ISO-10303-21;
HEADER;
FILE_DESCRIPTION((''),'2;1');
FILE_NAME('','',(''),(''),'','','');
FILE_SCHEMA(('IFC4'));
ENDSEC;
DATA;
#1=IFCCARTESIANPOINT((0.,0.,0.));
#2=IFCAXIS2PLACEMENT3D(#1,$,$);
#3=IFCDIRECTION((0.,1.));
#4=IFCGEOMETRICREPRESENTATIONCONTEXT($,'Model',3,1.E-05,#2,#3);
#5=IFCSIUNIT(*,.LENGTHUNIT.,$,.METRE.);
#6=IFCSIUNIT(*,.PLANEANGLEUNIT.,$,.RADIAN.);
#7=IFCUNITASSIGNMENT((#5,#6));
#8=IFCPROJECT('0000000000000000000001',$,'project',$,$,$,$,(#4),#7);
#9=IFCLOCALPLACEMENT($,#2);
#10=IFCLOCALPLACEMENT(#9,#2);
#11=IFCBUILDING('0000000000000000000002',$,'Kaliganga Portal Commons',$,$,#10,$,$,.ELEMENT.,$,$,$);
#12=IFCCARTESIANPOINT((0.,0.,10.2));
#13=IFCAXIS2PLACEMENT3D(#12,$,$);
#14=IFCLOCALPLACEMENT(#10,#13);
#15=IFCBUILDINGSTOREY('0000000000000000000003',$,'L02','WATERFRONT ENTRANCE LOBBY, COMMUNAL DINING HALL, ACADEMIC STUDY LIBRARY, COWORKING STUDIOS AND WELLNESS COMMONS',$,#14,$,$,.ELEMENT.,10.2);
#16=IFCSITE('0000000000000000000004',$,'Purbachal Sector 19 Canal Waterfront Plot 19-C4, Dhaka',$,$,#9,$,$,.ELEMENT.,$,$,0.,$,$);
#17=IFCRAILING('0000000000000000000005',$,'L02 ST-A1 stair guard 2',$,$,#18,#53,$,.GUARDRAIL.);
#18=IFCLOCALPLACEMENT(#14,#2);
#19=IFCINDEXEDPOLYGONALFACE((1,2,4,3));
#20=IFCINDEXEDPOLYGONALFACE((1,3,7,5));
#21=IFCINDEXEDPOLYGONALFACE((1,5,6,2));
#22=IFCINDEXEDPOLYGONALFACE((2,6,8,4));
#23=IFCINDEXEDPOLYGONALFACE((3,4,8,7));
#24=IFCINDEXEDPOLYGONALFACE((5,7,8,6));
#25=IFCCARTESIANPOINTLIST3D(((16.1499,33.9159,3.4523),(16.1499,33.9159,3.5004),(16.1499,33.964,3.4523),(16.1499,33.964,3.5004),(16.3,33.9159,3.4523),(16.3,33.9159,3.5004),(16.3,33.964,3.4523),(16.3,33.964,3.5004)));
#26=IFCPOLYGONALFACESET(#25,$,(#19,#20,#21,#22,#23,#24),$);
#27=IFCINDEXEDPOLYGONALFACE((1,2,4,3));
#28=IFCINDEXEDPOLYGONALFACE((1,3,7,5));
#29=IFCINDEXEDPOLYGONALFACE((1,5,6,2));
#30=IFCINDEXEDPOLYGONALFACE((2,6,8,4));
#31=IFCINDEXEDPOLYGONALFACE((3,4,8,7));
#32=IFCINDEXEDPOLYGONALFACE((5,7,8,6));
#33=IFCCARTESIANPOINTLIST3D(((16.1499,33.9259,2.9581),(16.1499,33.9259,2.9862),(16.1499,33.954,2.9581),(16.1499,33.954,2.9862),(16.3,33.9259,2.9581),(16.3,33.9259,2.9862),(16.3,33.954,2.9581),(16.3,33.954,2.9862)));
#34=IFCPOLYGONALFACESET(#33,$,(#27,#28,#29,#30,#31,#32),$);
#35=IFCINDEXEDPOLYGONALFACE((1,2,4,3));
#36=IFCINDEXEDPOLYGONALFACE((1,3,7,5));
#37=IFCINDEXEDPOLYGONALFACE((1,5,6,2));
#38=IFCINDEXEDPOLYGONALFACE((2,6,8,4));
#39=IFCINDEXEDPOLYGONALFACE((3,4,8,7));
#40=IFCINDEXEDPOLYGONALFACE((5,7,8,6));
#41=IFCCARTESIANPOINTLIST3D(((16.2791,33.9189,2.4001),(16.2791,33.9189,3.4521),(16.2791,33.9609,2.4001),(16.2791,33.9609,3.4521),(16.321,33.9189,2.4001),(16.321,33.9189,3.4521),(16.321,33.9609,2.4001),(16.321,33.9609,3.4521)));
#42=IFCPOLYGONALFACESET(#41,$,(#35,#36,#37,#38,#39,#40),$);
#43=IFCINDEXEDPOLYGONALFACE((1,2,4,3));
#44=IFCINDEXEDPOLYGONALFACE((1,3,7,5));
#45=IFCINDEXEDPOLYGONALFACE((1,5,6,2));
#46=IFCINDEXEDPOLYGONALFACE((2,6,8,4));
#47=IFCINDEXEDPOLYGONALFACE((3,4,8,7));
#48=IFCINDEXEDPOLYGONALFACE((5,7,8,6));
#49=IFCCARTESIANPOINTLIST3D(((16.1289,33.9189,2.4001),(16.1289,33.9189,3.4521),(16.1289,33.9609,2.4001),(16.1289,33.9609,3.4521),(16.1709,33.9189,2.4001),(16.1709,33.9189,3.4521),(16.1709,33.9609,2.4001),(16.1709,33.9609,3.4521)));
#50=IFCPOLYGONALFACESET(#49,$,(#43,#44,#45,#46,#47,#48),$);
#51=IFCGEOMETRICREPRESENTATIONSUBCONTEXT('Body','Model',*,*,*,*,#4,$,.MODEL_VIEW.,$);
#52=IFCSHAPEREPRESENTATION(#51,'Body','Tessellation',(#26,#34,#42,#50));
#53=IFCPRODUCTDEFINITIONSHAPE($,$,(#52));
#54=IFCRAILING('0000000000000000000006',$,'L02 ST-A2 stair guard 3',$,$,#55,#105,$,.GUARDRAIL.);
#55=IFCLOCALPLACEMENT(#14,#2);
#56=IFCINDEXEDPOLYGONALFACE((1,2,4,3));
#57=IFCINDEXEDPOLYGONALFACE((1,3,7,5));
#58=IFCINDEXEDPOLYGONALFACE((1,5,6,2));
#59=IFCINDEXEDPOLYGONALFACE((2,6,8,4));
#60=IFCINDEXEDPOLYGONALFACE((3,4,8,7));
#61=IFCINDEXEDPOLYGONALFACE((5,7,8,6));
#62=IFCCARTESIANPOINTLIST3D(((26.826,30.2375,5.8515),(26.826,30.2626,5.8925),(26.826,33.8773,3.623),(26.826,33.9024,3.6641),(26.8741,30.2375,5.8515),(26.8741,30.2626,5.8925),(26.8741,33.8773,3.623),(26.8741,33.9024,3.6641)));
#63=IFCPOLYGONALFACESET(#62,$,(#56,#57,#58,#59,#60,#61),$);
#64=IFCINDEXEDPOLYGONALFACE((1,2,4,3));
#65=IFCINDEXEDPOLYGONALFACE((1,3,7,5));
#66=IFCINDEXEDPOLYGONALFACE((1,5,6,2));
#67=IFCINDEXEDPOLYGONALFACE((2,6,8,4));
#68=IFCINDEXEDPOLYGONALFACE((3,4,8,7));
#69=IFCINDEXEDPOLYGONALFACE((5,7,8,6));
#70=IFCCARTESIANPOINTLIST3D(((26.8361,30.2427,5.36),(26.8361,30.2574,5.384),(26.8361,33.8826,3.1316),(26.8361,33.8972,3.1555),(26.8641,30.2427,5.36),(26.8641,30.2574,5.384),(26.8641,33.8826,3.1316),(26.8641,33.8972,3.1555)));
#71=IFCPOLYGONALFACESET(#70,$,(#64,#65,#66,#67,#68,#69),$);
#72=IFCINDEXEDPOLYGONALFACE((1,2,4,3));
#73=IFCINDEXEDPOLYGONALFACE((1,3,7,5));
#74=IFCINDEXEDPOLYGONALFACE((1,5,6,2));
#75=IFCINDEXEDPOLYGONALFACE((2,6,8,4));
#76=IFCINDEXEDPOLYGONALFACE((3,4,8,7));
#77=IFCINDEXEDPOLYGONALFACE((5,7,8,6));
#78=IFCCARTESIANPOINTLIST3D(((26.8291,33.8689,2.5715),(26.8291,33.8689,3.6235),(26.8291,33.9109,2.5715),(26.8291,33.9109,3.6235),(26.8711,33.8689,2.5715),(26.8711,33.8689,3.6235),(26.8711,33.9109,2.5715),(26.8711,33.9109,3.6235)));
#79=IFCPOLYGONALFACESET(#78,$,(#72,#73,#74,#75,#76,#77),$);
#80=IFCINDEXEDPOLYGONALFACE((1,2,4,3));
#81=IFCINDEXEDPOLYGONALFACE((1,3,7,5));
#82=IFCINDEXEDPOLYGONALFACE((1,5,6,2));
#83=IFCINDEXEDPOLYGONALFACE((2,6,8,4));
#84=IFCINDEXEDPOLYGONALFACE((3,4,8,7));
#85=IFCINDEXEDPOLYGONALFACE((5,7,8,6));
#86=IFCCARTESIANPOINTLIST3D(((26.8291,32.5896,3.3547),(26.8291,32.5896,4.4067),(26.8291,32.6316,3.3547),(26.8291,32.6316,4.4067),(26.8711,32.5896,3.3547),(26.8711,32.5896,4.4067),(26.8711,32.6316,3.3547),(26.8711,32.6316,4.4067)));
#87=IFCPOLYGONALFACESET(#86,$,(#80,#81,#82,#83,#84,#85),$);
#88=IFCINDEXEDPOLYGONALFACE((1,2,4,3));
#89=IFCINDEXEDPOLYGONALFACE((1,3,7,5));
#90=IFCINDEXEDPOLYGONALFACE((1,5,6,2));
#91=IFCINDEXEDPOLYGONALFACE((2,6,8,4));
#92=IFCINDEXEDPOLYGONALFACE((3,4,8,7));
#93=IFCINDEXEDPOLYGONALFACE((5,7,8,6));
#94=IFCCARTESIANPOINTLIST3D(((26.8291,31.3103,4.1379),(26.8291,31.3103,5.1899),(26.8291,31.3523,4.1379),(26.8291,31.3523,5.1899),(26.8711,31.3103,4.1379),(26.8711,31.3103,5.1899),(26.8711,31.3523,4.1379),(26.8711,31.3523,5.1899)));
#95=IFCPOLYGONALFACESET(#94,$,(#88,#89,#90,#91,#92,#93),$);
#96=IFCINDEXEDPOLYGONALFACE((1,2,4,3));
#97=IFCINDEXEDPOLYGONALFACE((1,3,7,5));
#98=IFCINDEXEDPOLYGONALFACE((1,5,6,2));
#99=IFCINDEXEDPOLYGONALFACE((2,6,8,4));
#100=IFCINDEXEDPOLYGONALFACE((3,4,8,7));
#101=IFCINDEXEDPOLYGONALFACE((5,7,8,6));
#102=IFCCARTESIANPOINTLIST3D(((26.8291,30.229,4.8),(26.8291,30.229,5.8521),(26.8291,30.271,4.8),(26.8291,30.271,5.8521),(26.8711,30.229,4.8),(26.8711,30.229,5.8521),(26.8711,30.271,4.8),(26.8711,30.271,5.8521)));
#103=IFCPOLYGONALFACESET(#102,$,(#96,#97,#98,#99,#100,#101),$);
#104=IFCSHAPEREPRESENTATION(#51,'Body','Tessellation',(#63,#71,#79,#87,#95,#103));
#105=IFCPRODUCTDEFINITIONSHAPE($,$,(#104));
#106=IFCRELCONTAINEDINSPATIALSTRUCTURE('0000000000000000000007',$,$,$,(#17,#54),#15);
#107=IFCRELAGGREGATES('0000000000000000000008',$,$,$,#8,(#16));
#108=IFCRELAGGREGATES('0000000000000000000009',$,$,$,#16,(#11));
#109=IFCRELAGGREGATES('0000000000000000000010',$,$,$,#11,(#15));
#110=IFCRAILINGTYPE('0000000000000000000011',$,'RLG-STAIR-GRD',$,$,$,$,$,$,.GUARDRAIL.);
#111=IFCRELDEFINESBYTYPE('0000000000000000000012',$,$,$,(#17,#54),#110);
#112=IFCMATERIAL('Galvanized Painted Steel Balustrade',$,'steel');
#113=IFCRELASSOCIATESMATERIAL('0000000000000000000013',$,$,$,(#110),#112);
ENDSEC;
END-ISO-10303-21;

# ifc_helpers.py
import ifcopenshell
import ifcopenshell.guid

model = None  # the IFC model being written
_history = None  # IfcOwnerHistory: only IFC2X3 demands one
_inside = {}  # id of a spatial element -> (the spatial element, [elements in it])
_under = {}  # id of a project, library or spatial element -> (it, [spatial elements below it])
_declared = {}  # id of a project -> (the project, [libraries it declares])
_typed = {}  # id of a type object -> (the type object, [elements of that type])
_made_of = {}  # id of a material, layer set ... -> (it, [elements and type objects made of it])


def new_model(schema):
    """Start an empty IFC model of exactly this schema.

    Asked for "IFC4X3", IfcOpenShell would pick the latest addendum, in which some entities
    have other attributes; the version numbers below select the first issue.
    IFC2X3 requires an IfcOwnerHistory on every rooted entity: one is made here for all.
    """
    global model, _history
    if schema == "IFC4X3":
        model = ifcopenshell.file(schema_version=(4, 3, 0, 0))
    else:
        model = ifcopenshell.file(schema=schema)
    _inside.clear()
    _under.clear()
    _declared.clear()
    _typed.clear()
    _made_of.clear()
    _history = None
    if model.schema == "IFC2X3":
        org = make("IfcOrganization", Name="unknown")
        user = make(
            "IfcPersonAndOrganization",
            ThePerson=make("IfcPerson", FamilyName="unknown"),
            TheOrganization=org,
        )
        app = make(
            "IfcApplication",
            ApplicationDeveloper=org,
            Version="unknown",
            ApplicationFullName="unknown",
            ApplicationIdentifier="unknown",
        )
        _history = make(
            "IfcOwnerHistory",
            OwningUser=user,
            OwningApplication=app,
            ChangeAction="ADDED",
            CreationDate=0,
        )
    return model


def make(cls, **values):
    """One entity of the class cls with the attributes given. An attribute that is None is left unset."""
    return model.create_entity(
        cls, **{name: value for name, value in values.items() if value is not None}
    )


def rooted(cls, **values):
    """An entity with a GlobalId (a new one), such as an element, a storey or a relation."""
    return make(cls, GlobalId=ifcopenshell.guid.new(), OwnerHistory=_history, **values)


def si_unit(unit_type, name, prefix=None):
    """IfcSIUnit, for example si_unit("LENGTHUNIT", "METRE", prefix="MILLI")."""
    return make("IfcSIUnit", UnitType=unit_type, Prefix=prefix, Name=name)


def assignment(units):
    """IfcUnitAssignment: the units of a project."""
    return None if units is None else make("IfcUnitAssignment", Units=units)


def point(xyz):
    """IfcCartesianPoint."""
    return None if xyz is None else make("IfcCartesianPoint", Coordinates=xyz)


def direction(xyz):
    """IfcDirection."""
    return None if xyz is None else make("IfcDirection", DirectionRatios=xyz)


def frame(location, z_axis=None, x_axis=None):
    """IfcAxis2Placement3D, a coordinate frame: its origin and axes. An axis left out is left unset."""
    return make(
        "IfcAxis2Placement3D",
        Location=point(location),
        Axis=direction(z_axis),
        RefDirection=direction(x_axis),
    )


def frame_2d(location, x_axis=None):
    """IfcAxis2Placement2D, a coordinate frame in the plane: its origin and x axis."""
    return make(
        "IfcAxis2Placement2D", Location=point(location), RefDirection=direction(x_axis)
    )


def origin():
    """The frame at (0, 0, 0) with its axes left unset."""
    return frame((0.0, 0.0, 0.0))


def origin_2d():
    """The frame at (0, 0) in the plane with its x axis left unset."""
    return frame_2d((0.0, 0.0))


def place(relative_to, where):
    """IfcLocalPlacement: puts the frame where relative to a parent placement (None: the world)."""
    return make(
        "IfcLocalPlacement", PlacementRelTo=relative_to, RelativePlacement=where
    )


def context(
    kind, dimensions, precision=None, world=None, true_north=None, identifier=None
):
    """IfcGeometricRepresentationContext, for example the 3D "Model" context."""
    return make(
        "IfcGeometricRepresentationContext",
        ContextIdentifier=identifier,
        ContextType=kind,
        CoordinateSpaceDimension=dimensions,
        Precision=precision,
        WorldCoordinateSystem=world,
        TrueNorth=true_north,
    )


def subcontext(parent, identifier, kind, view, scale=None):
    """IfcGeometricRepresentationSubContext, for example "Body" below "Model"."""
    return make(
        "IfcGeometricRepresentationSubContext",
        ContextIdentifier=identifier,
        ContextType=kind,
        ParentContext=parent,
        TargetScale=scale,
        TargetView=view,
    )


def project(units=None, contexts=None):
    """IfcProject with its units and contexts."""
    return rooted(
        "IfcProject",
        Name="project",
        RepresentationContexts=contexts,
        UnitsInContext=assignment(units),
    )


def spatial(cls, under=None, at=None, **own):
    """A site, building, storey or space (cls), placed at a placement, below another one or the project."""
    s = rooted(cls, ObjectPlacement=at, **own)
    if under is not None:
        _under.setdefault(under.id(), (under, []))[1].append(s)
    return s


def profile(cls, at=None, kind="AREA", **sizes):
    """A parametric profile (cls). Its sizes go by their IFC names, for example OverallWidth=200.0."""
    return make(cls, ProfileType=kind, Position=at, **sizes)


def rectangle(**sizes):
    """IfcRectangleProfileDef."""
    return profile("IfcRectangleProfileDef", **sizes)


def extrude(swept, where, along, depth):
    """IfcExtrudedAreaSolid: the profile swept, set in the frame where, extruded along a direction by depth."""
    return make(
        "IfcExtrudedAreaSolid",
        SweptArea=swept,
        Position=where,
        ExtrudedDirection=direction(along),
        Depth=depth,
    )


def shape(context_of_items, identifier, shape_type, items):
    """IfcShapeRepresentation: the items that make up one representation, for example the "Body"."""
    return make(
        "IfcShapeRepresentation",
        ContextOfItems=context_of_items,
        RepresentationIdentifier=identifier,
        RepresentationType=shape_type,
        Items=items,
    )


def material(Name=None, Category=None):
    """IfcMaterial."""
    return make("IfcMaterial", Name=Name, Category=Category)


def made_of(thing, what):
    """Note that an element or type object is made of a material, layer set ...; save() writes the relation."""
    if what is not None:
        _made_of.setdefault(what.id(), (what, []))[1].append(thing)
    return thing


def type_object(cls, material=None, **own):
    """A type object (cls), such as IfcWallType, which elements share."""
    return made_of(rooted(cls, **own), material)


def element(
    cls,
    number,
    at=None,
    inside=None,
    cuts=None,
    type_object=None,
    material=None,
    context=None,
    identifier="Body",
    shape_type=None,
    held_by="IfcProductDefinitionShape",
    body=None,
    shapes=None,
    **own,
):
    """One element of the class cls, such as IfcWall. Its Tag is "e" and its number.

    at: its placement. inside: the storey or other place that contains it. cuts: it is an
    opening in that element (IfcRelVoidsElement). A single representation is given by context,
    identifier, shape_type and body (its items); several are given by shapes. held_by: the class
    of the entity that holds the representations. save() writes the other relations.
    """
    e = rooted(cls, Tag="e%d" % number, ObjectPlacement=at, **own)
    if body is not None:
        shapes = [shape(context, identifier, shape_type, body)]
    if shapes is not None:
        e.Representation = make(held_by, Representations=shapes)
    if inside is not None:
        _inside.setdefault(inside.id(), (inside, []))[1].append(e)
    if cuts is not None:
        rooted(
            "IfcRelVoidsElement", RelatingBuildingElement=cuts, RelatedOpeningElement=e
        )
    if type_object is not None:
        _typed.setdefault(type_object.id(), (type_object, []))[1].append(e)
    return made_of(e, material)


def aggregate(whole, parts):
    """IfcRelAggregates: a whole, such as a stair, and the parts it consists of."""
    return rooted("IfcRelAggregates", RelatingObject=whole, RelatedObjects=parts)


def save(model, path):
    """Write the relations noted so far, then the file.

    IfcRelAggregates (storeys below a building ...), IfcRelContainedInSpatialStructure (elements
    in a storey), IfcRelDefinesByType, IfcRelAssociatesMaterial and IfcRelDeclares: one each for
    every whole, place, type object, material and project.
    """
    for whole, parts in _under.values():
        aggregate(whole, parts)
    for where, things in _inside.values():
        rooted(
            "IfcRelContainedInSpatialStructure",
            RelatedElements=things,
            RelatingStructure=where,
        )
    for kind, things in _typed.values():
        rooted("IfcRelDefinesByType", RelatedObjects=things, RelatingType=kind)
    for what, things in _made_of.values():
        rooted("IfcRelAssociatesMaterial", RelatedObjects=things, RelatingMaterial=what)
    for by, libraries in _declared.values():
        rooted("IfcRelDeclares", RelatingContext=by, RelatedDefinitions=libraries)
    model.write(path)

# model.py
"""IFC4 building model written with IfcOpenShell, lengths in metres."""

from ifc_helpers import new_model, si_unit, direction, frame, origin, origin_2d, place, context, subcontext, project, spatial, rectangle, extrude, material, type_object, element, save


model = new_model("IFC4")

# Units and contexts
model_context = context("Model", 3, precision=1e-05, world=origin(), true_north=direction((0.0, 1.0)))
body_context = subcontext(model_context, "Body", "Model", "MODEL_VIEW")
ifc_project = project(units=[si_unit("LENGTHUNIT", "METRE"), si_unit("PLANEANGLEUNIT", "RADIAN")], contexts=[model_context])

# Site, building, storey
site_placement = place(None, origin())
site = spatial("IfcSite", under=ifc_project, at=site_placement, Name="Purbachal Sector 19 Canal Waterfront Plot 19-C4, Dhaka", CompositionType="ELEMENT", RefElevation=0.0)
building_placement = place(site_placement, origin())
building = spatial("IfcBuilding", under=site, at=building_placement, Name="Kaliganga Portal Commons", CompositionType="ELEMENT")
storey_placement = place(building_placement, frame((0.0, 0.0, 10.2)))
storey = spatial("IfcBuildingStorey", under=building, at=storey_placement, Name="L02", Description="WATERFRONT ENTRANCE LOBBY, COMMUNAL DINING HALL, ACADEMIC STUDY LIBRARY, COWORKING STUDIOS AND WELLNESS COMMONS", CompositionType="ELEMENT", Elevation=10.2)

# Railings
ifc_material_1 = material(Name="Galvanized Painted Steel Balustrade", Category="steel")
railing_type = type_object("IfcRailingType", Name="RLG-STAIR-GRD", PredefinedType="GUARDRAIL", material=ifc_material_1)
railing_1_placement = place(storey_placement, frame((16.3, 33.9399, 2.4001)))
element("IfcRailing", 1, at=railing_1_placement, inside=storey, type_object=railing_type, Name="L02 ST-A1 stair guard 2", PredefinedType="GUARDRAIL", context=body_context, shape_type="SweptSolid", body=[
    extrude(rectangle(XDim=0.0481, YDim=0.0481, at=origin_2d()), frame((0.0, 0.0, 1.0762), z_axis=(-1.0, 0.0, 0.0), x_axis=(0.0, -1.0, 0.0)), (0.0, 0.0, 1.0), 0.1501),
    extrude(rectangle(XDim=0.0281, YDim=0.0281, at=origin_2d()), frame((0.0, 0.0, 0.572), z_axis=(-1.0, 0.0, 0.0), x_axis=(0.0, -1.0, 0.0)), (0.0, 0.0, 1.0), 0.1501),
    extrude(rectangle(XDim=0.042, YDim=0.042, at=origin_2d()), origin(), (0.0, 0.0, 1.0), 1.052),
    extrude(rectangle(XDim=0.042, YDim=0.042, at=origin_2d()), frame((-0.1501, 0.0, 0.0)), (0.0, 0.0, 1.0), 1.052),
])
railing_2_placement = place(storey_placement, frame((26.8501, 33.8899, 2.5715)))
element("IfcRailing", 2, at=railing_2_placement, inside=storey, type_object=railing_type, Name="L02 ST-A2 stair guard 3", PredefinedType="GUARDRAIL", context=body_context, shape_type="SweptSolid", body=[
    extrude(rectangle(XDim=0.0481, YDim=0.0481, at=origin_2d()), frame((0.0, 0.0, 1.072), z_axis=(0.0, -0.85285, 0.522156), x_axis=(1.0, 0.0, 0.0)), (0.0, 0.0, 1.0), 4.2678),
    extrude(rectangle(XDim=0.0281, YDim=0.0281, at=origin_2d()), frame((0.0, 0.0, 0.572), z_axis=(0.0, -0.85285, 0.522156), x_axis=(1.0, 0.0, 0.0)), (0.0, 0.0, 1.0), 4.2678),
    extrude(rectangle(XDim=0.042, YDim=0.042, at=origin_2d()), origin(), (0.0, 0.0, 1.0), 1.052),
    extrude(rectangle(XDim=0.042, YDim=0.042, at=origin_2d()), frame((0.0, -1.2793, 0.7832)), (0.0, 0.0, 1.0), 1.052),
    extrude(rectangle(XDim=0.042, YDim=0.042, at=origin_2d()), frame((0.0, -2.5586, 1.5664)), (0.0, 0.0, 1.0), 1.052),
    extrude(rectangle(XDim=0.042, YDim=0.042, at=origin_2d()), frame((0.0, -3.6399, 2.2285)), (0.0, 0.0, 1.0), 1.052),
])

save(model, "model.ifc")
